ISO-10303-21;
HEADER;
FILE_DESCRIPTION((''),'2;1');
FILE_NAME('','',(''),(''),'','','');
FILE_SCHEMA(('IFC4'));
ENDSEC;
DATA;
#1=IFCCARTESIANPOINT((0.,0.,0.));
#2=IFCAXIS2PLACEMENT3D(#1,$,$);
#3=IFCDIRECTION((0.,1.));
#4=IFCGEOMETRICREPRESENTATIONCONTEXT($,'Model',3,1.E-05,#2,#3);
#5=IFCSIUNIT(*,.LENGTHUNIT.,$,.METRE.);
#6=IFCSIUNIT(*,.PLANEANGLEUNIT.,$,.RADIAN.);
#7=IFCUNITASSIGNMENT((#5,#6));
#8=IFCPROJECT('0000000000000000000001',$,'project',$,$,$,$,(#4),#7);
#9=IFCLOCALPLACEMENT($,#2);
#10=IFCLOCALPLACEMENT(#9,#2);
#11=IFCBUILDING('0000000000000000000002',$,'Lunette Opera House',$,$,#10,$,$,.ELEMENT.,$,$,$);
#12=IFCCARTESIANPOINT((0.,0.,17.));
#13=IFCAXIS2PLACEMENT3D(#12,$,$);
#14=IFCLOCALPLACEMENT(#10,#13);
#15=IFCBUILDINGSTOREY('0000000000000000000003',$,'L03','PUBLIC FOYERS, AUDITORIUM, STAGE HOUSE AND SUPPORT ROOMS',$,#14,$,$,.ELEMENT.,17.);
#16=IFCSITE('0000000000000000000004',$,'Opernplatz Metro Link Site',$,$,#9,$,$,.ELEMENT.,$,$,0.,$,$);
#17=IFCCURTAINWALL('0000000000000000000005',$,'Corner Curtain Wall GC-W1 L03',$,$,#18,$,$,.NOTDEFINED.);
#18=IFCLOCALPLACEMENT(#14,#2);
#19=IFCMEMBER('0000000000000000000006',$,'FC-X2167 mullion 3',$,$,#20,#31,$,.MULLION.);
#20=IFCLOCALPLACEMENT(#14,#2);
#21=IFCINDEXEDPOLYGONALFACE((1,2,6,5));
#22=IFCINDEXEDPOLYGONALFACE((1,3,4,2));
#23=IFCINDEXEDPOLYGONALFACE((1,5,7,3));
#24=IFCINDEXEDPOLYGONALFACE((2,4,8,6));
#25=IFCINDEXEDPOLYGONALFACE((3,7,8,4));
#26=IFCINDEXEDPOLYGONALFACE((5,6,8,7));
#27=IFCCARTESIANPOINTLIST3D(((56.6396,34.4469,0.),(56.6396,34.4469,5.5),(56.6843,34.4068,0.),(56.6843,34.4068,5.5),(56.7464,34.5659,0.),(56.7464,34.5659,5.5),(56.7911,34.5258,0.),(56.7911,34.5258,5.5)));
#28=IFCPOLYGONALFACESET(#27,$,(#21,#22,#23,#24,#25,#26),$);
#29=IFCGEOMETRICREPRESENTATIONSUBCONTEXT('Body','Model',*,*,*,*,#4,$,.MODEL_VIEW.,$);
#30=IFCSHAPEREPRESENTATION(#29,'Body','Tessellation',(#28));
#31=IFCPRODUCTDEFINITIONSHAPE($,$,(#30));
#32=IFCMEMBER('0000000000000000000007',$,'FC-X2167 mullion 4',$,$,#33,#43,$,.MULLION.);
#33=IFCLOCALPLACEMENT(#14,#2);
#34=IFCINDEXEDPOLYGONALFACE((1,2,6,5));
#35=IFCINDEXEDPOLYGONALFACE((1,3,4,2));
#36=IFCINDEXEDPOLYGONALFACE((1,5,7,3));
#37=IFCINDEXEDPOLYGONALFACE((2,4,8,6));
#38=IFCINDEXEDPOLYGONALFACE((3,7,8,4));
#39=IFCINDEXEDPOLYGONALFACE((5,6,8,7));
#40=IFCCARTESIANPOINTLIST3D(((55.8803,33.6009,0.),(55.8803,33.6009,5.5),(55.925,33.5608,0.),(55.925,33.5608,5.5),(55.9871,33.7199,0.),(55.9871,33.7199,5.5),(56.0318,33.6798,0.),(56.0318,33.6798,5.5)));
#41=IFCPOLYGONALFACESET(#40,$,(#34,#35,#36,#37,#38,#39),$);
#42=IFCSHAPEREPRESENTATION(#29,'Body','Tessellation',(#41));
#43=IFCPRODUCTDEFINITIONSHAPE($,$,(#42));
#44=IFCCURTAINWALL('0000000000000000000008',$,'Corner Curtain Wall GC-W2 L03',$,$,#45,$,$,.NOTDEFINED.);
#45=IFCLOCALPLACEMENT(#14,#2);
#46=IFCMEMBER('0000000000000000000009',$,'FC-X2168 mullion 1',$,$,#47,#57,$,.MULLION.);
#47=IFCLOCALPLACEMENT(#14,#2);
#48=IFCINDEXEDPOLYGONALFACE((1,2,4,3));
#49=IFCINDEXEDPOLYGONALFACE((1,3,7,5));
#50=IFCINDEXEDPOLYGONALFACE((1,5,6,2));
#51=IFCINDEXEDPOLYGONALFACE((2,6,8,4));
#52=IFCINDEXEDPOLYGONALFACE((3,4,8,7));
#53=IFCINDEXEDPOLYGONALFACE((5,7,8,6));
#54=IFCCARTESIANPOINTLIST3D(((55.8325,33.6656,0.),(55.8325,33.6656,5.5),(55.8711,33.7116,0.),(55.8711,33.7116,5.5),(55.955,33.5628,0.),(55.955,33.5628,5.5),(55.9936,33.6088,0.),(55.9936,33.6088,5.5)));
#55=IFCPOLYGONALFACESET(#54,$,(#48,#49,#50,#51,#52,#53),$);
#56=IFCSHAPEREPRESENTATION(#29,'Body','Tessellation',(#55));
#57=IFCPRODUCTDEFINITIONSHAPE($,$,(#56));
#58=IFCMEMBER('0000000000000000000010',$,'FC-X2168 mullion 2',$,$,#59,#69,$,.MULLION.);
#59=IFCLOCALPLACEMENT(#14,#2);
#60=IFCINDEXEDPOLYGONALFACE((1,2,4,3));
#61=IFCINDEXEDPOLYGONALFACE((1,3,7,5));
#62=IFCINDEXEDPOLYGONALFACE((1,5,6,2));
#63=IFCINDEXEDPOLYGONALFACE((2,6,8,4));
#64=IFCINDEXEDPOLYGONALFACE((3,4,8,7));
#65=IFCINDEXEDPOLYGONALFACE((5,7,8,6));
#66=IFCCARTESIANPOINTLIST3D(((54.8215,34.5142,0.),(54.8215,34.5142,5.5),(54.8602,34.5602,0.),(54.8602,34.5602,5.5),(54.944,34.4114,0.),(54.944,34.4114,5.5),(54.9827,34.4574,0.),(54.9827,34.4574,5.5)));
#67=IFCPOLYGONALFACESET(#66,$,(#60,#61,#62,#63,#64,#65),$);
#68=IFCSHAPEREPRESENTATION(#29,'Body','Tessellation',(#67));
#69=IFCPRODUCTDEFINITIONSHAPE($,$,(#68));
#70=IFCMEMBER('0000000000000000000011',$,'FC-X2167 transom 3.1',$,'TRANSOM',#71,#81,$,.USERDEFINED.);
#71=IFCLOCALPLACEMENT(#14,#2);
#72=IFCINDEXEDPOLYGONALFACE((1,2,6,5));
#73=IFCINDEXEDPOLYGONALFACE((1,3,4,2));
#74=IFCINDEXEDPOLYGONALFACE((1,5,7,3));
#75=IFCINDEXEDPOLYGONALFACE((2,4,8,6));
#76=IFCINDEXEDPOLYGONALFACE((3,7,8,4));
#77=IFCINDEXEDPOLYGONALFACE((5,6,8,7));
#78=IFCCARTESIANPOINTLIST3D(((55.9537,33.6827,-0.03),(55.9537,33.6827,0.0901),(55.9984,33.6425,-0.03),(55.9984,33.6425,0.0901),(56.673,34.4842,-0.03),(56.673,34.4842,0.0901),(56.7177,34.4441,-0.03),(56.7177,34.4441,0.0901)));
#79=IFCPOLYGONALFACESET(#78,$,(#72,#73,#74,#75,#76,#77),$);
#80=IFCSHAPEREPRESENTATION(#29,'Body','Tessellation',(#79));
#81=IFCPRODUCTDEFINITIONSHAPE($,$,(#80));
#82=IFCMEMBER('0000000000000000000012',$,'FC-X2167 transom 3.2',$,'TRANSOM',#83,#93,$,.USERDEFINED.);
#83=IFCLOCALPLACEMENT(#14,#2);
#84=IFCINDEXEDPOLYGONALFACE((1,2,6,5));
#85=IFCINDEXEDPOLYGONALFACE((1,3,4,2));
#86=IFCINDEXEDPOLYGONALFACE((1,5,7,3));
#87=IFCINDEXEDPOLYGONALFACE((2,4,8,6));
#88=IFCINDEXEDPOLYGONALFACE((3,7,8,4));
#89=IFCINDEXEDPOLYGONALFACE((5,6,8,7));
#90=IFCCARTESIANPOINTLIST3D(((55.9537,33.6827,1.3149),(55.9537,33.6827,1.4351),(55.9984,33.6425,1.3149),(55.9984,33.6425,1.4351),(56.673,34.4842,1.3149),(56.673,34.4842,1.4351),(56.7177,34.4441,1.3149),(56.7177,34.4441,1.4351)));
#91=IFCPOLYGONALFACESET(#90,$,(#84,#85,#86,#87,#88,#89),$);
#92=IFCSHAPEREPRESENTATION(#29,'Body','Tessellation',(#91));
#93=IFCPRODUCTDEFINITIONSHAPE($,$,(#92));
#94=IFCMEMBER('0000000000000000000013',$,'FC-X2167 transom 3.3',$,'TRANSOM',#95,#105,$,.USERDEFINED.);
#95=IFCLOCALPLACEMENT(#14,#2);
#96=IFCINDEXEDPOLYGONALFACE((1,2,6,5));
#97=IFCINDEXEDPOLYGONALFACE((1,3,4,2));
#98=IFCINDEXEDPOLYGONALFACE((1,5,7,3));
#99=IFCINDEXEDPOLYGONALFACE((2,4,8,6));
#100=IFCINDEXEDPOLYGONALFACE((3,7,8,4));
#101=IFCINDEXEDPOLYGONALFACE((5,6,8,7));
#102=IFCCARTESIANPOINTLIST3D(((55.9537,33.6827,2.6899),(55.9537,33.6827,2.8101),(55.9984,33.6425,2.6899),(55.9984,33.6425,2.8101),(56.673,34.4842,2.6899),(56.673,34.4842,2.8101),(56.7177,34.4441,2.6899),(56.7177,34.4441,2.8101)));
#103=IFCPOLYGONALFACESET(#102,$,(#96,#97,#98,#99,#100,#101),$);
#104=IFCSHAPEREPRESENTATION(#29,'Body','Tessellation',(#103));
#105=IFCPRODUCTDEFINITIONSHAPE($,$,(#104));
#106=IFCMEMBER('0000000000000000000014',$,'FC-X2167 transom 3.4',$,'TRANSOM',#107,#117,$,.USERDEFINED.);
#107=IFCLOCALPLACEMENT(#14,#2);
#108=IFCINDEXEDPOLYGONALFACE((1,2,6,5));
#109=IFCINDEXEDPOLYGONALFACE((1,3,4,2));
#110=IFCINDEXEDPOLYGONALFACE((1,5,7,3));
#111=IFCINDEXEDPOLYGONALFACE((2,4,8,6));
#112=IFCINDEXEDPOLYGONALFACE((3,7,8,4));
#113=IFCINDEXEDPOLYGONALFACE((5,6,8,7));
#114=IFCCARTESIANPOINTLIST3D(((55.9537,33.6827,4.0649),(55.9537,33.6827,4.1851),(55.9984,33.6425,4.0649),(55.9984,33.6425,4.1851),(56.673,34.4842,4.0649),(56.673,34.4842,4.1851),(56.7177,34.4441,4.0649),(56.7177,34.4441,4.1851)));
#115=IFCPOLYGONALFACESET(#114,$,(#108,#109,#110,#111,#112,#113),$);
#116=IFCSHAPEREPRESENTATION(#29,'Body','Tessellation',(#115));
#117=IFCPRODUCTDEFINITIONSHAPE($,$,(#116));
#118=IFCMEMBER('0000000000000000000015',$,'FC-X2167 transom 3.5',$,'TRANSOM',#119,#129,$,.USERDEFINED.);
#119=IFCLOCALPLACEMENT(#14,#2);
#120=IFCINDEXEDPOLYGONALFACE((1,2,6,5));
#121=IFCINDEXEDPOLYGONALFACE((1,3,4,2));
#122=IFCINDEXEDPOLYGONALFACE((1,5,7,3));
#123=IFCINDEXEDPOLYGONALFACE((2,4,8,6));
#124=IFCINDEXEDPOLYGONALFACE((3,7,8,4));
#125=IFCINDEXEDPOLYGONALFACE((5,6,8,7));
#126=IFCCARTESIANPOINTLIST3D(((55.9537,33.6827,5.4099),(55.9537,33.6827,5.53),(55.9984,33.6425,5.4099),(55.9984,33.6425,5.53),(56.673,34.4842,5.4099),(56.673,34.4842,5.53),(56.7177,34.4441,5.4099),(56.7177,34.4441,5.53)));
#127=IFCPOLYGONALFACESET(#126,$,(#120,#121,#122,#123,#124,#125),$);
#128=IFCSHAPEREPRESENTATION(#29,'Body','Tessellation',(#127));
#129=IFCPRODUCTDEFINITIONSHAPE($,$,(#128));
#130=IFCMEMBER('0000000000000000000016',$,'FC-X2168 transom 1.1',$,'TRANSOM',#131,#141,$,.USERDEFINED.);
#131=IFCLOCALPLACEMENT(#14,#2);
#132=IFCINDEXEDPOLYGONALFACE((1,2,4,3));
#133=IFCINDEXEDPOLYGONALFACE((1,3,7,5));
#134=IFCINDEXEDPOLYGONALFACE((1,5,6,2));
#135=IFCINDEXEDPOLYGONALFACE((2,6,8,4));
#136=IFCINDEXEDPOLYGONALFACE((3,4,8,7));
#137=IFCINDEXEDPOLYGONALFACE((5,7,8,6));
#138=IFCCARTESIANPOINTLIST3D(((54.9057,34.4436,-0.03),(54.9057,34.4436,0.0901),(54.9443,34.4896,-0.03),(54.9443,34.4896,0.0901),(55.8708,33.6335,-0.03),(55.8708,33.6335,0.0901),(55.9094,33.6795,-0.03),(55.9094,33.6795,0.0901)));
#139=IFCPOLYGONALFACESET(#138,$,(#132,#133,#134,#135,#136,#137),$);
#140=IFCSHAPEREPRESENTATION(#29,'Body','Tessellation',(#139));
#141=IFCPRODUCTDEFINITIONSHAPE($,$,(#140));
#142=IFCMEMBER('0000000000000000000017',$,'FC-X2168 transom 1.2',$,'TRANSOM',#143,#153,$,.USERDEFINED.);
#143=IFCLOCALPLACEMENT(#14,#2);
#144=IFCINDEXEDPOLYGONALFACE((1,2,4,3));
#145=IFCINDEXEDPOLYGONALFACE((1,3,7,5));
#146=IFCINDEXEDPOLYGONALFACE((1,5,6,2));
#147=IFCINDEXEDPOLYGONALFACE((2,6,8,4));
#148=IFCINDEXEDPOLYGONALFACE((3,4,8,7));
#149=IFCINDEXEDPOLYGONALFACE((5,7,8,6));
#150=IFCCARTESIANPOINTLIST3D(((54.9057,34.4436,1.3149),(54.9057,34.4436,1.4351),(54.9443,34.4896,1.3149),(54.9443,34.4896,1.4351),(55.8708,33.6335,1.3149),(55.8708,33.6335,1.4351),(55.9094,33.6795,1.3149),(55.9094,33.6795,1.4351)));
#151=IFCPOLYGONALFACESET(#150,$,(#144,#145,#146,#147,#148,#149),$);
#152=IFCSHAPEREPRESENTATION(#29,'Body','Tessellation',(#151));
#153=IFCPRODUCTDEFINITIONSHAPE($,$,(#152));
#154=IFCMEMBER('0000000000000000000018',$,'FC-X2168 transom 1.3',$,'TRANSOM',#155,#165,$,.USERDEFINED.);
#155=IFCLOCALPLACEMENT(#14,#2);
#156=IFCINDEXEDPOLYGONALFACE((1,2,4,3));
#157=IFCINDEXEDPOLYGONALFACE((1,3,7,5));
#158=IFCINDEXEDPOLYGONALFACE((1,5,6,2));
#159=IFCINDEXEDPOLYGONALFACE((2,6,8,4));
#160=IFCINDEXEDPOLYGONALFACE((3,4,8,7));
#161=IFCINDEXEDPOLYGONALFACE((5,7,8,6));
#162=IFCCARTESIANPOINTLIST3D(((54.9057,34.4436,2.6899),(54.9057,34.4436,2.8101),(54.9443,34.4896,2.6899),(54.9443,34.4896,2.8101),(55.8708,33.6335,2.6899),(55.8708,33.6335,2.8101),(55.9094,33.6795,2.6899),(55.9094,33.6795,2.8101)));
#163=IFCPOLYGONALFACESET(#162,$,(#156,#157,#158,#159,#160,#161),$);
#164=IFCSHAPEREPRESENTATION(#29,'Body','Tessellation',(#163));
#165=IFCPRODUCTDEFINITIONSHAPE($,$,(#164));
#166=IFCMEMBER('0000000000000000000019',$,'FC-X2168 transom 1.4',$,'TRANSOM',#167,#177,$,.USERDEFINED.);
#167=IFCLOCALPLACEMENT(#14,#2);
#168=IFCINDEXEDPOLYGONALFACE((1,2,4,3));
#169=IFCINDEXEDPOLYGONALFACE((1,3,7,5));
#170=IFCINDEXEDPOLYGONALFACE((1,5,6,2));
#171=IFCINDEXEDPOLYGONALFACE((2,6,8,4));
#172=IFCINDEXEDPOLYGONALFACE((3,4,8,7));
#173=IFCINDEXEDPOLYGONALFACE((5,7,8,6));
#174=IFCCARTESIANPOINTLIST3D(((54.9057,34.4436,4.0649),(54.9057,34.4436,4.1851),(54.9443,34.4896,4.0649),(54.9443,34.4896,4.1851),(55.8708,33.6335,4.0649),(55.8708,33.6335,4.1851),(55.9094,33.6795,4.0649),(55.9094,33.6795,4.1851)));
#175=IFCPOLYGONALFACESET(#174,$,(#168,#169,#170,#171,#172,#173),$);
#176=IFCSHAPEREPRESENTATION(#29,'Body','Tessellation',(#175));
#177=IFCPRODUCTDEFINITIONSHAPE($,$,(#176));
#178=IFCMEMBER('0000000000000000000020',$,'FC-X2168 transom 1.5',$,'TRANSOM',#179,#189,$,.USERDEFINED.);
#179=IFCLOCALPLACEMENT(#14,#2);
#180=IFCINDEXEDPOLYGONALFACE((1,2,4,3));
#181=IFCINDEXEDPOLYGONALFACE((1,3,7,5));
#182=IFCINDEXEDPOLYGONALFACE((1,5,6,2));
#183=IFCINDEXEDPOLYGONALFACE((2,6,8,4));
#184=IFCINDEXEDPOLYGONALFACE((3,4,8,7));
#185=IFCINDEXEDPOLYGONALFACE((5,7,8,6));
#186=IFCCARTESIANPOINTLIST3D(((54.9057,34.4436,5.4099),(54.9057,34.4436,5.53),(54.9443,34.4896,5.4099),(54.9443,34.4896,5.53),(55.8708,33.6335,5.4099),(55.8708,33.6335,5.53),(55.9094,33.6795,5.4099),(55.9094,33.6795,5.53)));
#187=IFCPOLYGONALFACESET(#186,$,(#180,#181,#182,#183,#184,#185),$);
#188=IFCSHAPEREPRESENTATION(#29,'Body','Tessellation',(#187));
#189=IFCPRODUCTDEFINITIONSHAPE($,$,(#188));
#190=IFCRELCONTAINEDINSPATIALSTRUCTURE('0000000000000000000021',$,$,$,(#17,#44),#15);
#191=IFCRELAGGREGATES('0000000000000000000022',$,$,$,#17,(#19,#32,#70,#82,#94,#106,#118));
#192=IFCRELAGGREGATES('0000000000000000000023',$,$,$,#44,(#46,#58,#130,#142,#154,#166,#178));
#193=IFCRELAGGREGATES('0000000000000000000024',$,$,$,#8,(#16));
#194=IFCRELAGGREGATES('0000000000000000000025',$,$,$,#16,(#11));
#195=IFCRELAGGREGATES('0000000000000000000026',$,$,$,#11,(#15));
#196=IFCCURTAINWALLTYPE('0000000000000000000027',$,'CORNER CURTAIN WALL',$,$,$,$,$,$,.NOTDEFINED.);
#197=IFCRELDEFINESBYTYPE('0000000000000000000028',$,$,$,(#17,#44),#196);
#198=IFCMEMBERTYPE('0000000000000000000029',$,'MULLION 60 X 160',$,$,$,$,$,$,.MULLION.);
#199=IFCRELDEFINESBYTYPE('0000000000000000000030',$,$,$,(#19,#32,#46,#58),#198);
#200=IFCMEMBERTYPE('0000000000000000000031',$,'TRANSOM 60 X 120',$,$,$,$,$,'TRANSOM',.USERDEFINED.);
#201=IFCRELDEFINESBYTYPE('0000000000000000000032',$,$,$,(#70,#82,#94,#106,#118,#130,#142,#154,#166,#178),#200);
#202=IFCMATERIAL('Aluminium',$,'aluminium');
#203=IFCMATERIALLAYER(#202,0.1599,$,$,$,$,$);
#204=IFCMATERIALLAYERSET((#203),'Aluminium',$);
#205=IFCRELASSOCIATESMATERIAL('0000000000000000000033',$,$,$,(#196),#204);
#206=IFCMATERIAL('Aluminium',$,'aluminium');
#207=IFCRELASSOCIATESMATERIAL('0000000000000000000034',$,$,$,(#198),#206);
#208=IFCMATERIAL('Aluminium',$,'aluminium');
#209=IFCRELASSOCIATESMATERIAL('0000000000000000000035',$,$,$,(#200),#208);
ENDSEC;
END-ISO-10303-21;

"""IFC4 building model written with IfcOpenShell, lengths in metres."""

from ifc_helpers import new_model, si_unit, direction, frame, origin, origin_2d, place, context, subcontext, project, spatial, rectangle, extrude, material, layer, layer_set, material_profile, profile_set, type_object, element, aggregate, save


model = new_model("IFC4")

# Units and contexts
model_context = context("Model", 3, precision=1e-05, world=origin(), true_north=direction((0.0, 1.0)))
body_context = subcontext(model_context, "Body", "Model", "MODEL_VIEW")
ifc_project = project(units=[si_unit("LENGTHUNIT", "METRE"), si_unit("PLANEANGLEUNIT", "RADIAN")], contexts=[model_context])

# Site, building, storey
site_placement = place(None, origin())
site = spatial("IfcSite", under=ifc_project, at=site_placement, Name="Opernplatz Metro Link Site", CompositionType="ELEMENT", RefElevation=0.0)
building_placement = place(site_placement, origin())
building = spatial("IfcBuilding", under=site, at=building_placement, Name="Lunette Opera House", CompositionType="ELEMENT")
storey_placement = place(building_placement, frame((0.0, 0.0, 17.0)))
storey = spatial("IfcBuildingStorey", under=building, at=storey_placement, Name="L03", Description="PUBLIC FOYERS, AUDITORIUM, STAGE HOUSE AND SUPPORT ROOMS", CompositionType="ELEMENT", Elevation=17.0)

# Curtain walls, members
ifc_material_1 = material(Name="Aluminium", Category="aluminium")
ifc_layer_1 = layer(ifc_material_1, 0.1599)
ifc_layer_set_1 = layer_set([ifc_layer_1], Name="Aluminium")
curtain_wall_type = type_object("IfcCurtainWallType", Name="CORNER CURTAIN WALL", PredefinedType="NOTDEFINED", material=ifc_layer_set_1)
curtain_wall_1_placement = place(storey_placement, origin())
curtain_wall_1 = element("IfcCurtainWall", 1, at=curtain_wall_1_placement, inside=storey, type_object=curtain_wall_type, Name="Corner Curtain Wall GC-W1 L03", PredefinedType="NOTDEFINED")
ifc_material_2 = material(Name="Aluminium", Category="aluminium")
ifc_material_profile_1 = material_profile(ifc_material_2, rectangle(XDim=0.0601, YDim=0.1599, at=origin_2d()), Name="MULLION 60 X 160")
ifc_profile_set_1 = profile_set([ifc_material_profile_1], Name="Aluminium")
member_type_1 = type_object("IfcMemberType", Name="MULLION 60 X 160", PredefinedType="MULLION", material=ifc_profile_set_1)
member_1_placement = place(storey_placement, frame((56.7153, 34.4863, 0.0), z_axis=(0.0, 0.0, 1.0), x_axis=(0.744217, -0.667938, 0.0)))
member_1 = element("IfcMember", 2, at=member_1_placement, type_object=member_type_1, Name="FC-X2167 mullion 3", PredefinedType="MULLION", context=body_context, shape_type="SweptSolid", body=[
    extrude(rectangle(XDim=0.0601, YDim=0.1599, at=origin_2d()), origin(), (0.0, 0.0, 1.0), 5.5),
])
member_2_placement = place(storey_placement, frame((55.9561, 33.6404, 0.0), z_axis=(0.0, 0.0, 1.0), x_axis=(0.744217, -0.667938, 0.0)))
member_2 = element("IfcMember", 3, at=member_2_placement, type_object=member_type_1, Name="FC-X2167 mullion 4", PredefinedType="MULLION", context=body_context, shape_type="SweptSolid", body=[
    extrude(rectangle(XDim=0.0601, YDim=0.1599, at=origin_2d()), origin(), (0.0, 0.0, 1.0), 5.5),
])
curtain_wall_2_placement = place(storey_placement, origin())
curtain_wall_2 = element("IfcCurtainWall", 4, at=curtain_wall_2_placement, inside=storey, type_object=curtain_wall_type, Name="Corner Curtain Wall GC-W2 L03", PredefinedType="NOTDEFINED")
member_3_placement = place(storey_placement, frame((55.9131, 33.6372, 0.0), z_axis=(0.0, 0.0, 1.0), x_axis=(-0.64284, -0.766, 0.0)))
member_3 = element("IfcMember", 5, at=member_3_placement, type_object=member_type_1, Name="FC-X2168 mullion 1", PredefinedType="MULLION", context=body_context, shape_type="SweptSolid", body=[
    extrude(rectangle(XDim=0.0601, YDim=0.1599, at=origin_2d()), origin(), (0.0, 0.0, 1.0), 5.5),
])
member_4_placement = place(storey_placement, frame((54.9021, 34.4858, 0.0), z_axis=(0.0, 0.0, 1.0), x_axis=(-0.64284, -0.766, 0.0)))
member_4 = element("IfcMember", 6, at=member_4_placement, type_object=member_type_1, Name="FC-X2168 mullion 2", PredefinedType="MULLION", context=body_context, shape_type="SweptSolid", body=[
    extrude(rectangle(XDim=0.0601, YDim=0.1599, at=origin_2d()), origin(), (0.0, 0.0, 1.0), 5.5),
])

# Members
ifc_material_3 = material(Name="Aluminium", Category="aluminium")
ifc_material_profile_2 = material_profile(ifc_material_3, rectangle(XDim=0.0601, YDim=0.1201, at=origin_2d()), Name="TRANSOM 60 X 120")
ifc_profile_set_2 = profile_set([ifc_material_profile_2], Name="Aluminium")
member_type_2 = type_object("IfcMemberType", Name="TRANSOM 60 X 120", ElementType="TRANSOM", PredefinedType="USERDEFINED", material=ifc_profile_set_2)
member_5_placement = place(storey_placement, frame((56.6953, 34.4641, 0.03), z_axis=(-0.667874, -0.744274, 0.0), x_axis=(0.744274, -0.667874, 0.0)))
member_5 = element("IfcMember", 7, at=member_5_placement, type_object=member_type_2, Name="FC-X2167 transom 3.1", ObjectType="TRANSOM", PredefinedType="USERDEFINED", context=body_context, shape_type="SweptSolid", body=[
    extrude(rectangle(XDim=0.0601, YDim=0.1201, at=origin_2d()), origin(), (0.0, 0.0, 1.0), 1.0769),
])
member_6_placement = place(storey_placement, frame((56.6953, 34.4641, 1.375), z_axis=(-0.667874, -0.744274, 0.0), x_axis=(0.744274, -0.667874, 0.0)))
member_6 = element("IfcMember", 8, at=member_6_placement, type_object=member_type_2, Name="FC-X2167 transom 3.2", ObjectType="TRANSOM", PredefinedType="USERDEFINED", context=body_context, shape_type="SweptSolid", body=[
    extrude(rectangle(XDim=0.0601, YDim=0.1201, at=origin_2d()), origin(), (0.0, 0.0, 1.0), 1.0769),
])
member_7_placement = place(storey_placement, frame((56.6953, 34.4641, 2.75), z_axis=(-0.667874, -0.744274, 0.0), x_axis=(0.744274, -0.667874, 0.0)))
member_7 = element("IfcMember", 9, at=member_7_placement, type_object=member_type_2, Name="FC-X2167 transom 3.3", ObjectType="TRANSOM", PredefinedType="USERDEFINED", context=body_context, shape_type="SweptSolid", body=[
    extrude(rectangle(XDim=0.0601, YDim=0.1201, at=origin_2d()), origin(), (0.0, 0.0, 1.0), 1.0769),
])
member_8_placement = place(storey_placement, frame((56.6953, 34.4641, 4.125), z_axis=(-0.667874, -0.744274, 0.0), x_axis=(0.744274, -0.667874, 0.0)))
member_8 = element("IfcMember", 10, at=member_8_placement, type_object=member_type_2, Name="FC-X2167 transom 3.4", ObjectType="TRANSOM", PredefinedType="USERDEFINED", context=body_context, shape_type="SweptSolid", body=[
    extrude(rectangle(XDim=0.0601, YDim=0.1201, at=origin_2d()), origin(), (0.0, 0.0, 1.0), 1.0769),
])
member_9_placement = place(storey_placement, frame((56.6953, 34.4641, 5.47), z_axis=(-0.667874, -0.744274, 0.0), x_axis=(0.744274, -0.667874, 0.0)))
member_9 = element("IfcMember", 11, at=member_9_placement, type_object=member_type_2, Name="FC-X2167 transom 3.5", ObjectType="TRANSOM", PredefinedType="USERDEFINED", context=body_context, shape_type="SweptSolid", body=[
    extrude(rectangle(XDim=0.0601, YDim=0.1201, at=origin_2d()), origin(), (0.0, 0.0, 1.0), 1.0769),
])
member_10_placement = place(storey_placement, frame((55.8901, 33.6565, 0.03), z_axis=(-0.765945, 0.642906, 0.0), x_axis=(-0.642906, -0.765945, 0.0)))
member_10 = element("IfcMember", 12, at=member_10_placement, type_object=member_type_2, Name="FC-X2168 transom 1.1", ObjectType="TRANSOM", PredefinedType="USERDEFINED", context=body_context, shape_type="SweptSolid", body=[
    extrude(rectangle(XDim=0.0601, YDim=0.1201, at=origin_2d()), origin(), (0.0, 0.0, 1.0), 1.26),
])
member_11_placement = place(storey_placement, frame((55.8901, 33.6565, 1.375), z_axis=(-0.765945, 0.642906, 0.0), x_axis=(-0.642906, -0.765945, 0.0)))
member_11 = element("IfcMember", 13, at=member_11_placement, type_object=member_type_2, Name="FC-X2168 transom 1.2", ObjectType="TRANSOM", PredefinedType="USERDEFINED", context=body_context, shape_type="SweptSolid", body=[
    extrude(rectangle(XDim=0.0601, YDim=0.1201, at=origin_2d()), origin(), (0.0, 0.0, 1.0), 1.26),
])
member_12_placement = place(storey_placement, frame((55.8901, 33.6565, 2.75), z_axis=(-0.765945, 0.642906, 0.0), x_axis=(-0.642906, -0.765945, 0.0)))
member_12 = element("IfcMember", 14, at=member_12_placement, type_object=member_type_2, Name="FC-X2168 transom 1.3", ObjectType="TRANSOM", PredefinedType="USERDEFINED", context=body_context, shape_type="SweptSolid", body=[
    extrude(rectangle(XDim=0.0601, YDim=0.1201, at=origin_2d()), origin(), (0.0, 0.0, 1.0), 1.26),
])
member_13_placement = place(storey_placement, frame((55.8901, 33.6565, 4.125), z_axis=(-0.765945, 0.642906, 0.0), x_axis=(-0.642906, -0.765945, 0.0)))
member_13 = element("IfcMember", 15, at=member_13_placement, type_object=member_type_2, Name="FC-X2168 transom 1.4", ObjectType="TRANSOM", PredefinedType="USERDEFINED", context=body_context, shape_type="SweptSolid", body=[
    extrude(rectangle(XDim=0.0601, YDim=0.1201, at=origin_2d()), origin(), (0.0, 0.0, 1.0), 1.26),
])
member_14_placement = place(storey_placement, frame((55.8901, 33.6565, 5.47), z_axis=(-0.765945, 0.642906, 0.0), x_axis=(-0.642906, -0.765945, 0.0)))
member_14 = element("IfcMember", 16, at=member_14_placement, type_object=member_type_2, Name="FC-X2168 transom 1.5", ObjectType="TRANSOM", PredefinedType="USERDEFINED", context=body_context, shape_type="SweptSolid", body=[
    extrude(rectangle(XDim=0.0601, YDim=0.1201, at=origin_2d()), origin(), (0.0, 0.0, 1.0), 1.26),
])

aggregate(curtain_wall_1, [member_1, member_2, member_5, member_6, member_7, member_8, member_9])
aggregate(curtain_wall_2, [member_3, member_4, member_10, member_11, member_12, member_13, member_14])

save(model, "model.ifc")
